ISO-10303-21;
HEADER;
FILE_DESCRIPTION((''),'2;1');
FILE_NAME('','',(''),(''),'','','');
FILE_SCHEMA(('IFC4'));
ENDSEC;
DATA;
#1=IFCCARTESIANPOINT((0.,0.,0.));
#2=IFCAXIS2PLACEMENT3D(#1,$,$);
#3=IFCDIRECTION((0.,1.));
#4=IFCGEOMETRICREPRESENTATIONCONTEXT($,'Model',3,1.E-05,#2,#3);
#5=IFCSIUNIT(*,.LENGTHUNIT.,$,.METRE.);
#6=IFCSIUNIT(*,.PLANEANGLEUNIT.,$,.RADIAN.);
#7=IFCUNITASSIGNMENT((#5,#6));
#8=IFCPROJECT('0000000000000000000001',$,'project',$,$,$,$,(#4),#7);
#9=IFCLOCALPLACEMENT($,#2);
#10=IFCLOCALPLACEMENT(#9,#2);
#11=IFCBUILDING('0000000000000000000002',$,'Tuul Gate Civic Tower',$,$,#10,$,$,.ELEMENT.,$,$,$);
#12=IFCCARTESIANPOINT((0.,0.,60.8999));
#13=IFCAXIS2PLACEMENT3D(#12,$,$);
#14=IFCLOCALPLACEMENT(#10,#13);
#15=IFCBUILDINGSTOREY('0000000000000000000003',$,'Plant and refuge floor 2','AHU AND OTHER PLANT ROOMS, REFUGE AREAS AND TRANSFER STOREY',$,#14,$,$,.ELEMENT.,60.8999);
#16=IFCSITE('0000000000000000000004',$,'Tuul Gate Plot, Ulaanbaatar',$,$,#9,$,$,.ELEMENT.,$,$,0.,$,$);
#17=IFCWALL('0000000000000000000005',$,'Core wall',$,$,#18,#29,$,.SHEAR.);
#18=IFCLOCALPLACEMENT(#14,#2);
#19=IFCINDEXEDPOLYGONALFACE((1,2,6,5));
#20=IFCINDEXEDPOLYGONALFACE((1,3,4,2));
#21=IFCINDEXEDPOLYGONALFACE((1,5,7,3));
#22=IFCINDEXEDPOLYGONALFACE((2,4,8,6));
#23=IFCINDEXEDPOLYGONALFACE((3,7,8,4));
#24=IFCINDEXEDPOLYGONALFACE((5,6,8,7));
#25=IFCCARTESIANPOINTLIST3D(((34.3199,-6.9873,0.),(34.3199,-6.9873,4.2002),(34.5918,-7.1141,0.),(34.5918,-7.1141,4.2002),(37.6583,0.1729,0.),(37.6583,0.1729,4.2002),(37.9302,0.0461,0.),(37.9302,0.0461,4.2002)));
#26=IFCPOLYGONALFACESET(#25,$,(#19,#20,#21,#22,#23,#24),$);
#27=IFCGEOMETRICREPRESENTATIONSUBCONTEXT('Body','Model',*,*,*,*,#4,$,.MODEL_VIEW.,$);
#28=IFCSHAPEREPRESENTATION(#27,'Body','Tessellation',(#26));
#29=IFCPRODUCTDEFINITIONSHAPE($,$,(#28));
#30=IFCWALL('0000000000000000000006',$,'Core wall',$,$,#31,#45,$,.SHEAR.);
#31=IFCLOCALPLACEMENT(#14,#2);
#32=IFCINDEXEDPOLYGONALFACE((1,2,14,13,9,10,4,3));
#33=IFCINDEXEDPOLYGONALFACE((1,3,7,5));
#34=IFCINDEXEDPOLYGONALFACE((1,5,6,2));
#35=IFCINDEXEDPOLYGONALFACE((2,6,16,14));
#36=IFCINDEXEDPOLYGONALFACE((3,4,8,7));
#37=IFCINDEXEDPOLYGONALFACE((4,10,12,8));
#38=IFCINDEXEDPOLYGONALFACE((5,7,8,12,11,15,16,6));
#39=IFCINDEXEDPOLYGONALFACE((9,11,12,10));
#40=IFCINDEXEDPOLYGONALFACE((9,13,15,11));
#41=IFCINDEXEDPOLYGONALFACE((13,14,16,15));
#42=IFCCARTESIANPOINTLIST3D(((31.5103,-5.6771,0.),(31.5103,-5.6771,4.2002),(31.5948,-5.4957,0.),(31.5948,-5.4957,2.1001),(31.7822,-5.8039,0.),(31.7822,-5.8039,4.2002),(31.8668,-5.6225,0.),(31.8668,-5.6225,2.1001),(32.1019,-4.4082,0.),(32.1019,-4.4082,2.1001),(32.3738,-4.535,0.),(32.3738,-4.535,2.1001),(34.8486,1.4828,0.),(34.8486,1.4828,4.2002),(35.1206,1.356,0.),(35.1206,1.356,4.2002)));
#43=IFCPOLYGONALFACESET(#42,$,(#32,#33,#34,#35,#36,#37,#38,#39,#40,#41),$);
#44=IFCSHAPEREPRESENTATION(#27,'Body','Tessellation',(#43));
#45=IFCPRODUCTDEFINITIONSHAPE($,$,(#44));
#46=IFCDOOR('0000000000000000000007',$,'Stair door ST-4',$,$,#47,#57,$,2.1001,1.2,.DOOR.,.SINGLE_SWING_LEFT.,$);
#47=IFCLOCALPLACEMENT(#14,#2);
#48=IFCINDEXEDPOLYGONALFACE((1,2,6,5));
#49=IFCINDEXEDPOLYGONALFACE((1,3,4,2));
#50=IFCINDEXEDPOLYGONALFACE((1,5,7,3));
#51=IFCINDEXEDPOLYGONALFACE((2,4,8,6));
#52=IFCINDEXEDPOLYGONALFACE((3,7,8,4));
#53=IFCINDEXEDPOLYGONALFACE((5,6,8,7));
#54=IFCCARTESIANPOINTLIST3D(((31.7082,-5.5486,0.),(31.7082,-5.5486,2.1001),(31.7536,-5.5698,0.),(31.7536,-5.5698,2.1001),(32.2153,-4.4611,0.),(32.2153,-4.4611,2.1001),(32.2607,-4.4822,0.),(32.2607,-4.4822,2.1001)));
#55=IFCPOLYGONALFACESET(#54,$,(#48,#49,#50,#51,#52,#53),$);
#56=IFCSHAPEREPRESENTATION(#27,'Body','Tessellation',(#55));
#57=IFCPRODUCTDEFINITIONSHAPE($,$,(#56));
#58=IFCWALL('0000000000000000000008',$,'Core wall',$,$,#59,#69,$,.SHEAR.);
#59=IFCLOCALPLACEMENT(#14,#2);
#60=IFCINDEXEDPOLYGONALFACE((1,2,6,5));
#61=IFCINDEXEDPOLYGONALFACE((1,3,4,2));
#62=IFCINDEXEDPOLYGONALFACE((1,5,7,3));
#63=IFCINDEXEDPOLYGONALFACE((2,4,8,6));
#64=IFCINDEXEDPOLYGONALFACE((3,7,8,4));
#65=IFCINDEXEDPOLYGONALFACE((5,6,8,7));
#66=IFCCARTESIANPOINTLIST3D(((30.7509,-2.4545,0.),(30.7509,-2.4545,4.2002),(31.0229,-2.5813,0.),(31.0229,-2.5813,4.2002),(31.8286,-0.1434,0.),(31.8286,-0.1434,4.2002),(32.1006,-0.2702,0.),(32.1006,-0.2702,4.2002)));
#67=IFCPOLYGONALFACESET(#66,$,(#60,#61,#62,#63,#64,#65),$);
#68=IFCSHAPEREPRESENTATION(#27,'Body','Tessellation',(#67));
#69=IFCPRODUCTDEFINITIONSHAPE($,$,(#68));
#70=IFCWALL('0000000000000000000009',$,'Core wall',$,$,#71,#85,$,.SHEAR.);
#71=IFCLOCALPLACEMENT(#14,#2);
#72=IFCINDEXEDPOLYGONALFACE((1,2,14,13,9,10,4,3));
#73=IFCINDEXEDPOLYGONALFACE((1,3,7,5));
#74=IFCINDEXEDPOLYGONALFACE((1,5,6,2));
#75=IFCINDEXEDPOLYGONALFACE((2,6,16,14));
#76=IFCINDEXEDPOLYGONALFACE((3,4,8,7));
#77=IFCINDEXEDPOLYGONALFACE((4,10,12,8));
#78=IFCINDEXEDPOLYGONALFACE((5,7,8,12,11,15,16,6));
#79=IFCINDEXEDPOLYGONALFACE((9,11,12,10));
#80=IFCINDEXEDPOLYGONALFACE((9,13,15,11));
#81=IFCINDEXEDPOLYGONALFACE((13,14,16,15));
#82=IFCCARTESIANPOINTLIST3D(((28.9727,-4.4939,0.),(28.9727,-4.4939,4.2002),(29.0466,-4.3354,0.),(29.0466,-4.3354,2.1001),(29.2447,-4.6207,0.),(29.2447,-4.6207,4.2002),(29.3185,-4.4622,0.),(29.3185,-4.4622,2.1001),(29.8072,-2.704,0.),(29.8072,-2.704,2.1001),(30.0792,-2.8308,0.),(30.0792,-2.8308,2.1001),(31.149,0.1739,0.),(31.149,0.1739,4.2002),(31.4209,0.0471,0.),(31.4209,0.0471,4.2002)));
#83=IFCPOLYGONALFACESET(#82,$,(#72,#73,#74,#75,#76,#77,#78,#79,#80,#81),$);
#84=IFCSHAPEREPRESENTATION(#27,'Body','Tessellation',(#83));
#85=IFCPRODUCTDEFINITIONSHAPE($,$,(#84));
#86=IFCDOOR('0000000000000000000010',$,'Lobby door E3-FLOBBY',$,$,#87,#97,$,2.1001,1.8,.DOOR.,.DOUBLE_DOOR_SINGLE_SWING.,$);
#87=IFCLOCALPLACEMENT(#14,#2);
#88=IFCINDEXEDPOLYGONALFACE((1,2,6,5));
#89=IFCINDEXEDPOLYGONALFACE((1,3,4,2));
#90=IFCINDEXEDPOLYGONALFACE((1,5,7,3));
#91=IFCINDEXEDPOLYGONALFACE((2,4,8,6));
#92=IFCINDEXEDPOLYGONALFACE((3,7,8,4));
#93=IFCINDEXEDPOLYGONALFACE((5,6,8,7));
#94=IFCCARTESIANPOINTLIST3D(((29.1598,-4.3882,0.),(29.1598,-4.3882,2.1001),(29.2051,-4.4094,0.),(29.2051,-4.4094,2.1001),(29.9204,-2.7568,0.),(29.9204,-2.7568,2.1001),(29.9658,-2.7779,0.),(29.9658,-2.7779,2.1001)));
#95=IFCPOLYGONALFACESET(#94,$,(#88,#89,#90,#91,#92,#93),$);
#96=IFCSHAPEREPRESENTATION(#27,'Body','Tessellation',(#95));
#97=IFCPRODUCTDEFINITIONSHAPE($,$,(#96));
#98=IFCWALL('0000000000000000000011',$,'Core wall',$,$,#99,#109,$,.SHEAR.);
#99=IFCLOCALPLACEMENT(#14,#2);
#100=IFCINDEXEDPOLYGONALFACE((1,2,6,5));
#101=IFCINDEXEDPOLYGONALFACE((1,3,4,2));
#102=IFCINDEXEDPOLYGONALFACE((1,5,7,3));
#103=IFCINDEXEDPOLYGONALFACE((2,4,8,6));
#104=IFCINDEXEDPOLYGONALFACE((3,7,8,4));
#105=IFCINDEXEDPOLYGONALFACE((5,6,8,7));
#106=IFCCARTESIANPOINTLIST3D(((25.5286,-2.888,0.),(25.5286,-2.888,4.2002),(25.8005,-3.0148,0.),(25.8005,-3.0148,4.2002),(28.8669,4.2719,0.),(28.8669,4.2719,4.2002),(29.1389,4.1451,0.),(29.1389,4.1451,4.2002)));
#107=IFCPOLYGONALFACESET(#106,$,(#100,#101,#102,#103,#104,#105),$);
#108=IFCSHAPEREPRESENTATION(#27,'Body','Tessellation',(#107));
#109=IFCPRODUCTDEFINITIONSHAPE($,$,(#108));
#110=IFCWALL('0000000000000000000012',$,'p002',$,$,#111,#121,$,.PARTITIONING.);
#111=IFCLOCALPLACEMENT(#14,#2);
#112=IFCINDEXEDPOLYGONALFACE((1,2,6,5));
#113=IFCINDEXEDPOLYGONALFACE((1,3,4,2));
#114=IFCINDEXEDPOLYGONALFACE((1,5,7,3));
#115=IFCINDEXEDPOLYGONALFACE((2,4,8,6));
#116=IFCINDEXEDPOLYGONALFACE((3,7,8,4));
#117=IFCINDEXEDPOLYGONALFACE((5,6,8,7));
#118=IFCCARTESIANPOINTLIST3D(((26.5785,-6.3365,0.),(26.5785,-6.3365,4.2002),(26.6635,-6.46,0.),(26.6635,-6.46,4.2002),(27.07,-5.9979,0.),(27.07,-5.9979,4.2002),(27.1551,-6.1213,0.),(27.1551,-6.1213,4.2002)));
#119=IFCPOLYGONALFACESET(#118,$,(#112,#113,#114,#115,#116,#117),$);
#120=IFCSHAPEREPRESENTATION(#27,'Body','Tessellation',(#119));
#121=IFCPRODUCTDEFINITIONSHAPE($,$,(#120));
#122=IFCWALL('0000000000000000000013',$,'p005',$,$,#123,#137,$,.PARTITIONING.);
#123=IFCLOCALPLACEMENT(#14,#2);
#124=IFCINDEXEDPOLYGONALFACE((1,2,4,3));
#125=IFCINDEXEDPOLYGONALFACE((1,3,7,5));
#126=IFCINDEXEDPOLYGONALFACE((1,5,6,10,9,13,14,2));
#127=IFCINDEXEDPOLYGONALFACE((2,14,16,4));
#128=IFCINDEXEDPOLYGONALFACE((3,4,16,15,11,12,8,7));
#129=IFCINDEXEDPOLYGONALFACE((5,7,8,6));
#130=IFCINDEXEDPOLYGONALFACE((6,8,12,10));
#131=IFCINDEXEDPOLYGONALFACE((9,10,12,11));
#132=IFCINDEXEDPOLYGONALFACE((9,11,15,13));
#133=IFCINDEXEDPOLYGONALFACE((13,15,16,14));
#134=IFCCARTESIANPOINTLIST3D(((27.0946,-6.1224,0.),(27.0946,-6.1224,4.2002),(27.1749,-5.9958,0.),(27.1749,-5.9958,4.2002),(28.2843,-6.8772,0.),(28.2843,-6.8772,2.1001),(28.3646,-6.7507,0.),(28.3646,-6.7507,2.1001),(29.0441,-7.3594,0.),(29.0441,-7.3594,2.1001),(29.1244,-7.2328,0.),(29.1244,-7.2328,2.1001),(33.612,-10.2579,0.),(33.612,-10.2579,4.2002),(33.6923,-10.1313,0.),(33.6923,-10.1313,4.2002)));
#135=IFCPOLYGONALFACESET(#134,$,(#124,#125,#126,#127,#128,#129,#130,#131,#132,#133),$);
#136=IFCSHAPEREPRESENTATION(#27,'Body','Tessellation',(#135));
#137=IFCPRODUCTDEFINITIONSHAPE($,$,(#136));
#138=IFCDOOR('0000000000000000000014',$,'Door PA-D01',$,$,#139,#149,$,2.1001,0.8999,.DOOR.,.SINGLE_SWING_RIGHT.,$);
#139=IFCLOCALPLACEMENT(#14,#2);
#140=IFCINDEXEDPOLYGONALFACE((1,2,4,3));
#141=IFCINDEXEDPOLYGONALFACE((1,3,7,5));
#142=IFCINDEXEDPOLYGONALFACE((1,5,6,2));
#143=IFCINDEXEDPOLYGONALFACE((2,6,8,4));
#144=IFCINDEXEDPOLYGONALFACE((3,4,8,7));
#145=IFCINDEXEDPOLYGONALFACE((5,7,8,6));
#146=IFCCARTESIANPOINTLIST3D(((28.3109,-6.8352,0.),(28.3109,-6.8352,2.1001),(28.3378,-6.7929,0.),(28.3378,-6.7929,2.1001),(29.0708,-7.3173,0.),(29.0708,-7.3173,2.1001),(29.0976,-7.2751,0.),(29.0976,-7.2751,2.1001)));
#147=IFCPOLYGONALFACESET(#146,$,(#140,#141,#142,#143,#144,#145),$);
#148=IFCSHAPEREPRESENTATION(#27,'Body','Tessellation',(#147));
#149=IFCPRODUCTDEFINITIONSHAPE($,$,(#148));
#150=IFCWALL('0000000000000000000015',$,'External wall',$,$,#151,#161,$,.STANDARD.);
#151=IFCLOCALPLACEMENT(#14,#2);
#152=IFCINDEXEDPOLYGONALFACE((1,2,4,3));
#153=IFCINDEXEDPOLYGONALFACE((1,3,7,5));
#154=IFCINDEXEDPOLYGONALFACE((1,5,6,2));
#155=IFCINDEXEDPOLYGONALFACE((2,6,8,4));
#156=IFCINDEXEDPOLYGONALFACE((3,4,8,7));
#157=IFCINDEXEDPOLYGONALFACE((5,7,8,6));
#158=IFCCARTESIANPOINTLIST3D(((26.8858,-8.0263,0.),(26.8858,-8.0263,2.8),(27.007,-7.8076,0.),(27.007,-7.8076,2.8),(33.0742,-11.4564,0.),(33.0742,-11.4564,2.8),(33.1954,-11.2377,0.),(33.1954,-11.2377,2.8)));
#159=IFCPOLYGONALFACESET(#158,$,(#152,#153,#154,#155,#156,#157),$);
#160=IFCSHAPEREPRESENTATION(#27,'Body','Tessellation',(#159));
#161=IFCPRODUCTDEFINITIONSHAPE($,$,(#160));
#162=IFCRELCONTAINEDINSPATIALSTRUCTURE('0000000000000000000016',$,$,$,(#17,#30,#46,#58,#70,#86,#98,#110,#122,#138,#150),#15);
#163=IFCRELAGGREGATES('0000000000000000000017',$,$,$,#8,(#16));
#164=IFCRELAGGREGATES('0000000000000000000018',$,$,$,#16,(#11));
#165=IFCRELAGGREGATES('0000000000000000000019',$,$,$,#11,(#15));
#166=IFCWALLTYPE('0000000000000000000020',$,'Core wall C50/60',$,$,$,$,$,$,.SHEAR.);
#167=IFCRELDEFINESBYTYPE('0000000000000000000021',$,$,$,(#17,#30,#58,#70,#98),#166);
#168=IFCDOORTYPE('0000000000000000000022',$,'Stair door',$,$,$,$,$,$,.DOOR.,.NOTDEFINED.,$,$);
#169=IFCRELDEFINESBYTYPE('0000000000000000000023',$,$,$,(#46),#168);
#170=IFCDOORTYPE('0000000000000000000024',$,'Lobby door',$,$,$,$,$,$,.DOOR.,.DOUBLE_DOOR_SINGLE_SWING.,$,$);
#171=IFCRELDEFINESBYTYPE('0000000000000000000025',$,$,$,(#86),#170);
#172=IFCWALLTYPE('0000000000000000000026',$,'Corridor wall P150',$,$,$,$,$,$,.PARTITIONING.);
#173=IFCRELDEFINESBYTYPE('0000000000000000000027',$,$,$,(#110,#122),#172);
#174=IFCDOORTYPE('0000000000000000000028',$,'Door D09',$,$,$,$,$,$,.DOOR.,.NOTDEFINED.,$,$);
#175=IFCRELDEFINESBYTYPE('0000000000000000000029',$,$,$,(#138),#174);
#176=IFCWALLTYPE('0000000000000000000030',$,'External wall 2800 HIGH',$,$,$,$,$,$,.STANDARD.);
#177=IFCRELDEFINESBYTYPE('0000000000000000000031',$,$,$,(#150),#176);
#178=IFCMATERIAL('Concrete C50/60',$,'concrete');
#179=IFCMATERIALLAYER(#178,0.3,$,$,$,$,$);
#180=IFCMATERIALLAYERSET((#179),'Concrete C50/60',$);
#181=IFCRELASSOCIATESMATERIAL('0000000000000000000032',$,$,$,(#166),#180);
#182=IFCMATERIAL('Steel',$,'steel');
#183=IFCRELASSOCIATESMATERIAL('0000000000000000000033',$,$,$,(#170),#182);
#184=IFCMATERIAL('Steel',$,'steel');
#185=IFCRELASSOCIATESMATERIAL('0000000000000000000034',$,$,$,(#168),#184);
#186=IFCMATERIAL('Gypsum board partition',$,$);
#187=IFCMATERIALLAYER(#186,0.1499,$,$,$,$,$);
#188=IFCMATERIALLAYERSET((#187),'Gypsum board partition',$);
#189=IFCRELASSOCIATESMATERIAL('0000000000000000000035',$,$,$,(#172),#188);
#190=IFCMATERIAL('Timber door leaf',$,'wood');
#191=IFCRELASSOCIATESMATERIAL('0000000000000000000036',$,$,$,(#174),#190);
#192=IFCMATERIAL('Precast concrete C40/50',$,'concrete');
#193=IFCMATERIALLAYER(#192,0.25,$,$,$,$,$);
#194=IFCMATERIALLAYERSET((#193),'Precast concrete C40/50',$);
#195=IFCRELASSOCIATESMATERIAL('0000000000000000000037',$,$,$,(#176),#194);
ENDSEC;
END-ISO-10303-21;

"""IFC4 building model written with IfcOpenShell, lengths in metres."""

from ifc_helpers import new_model, si_unit, direction, frame, frame_2d, origin, place, context, subcontext, project, spatial, rectangle, extrude, material, layer, layer_set, type_object, element, fill, save


model = new_model("IFC4")

# Units and contexts
model_context = context("Model", 3, precision=1e-05, world=origin(), true_north=direction((0.0, 1.0)))
body_context = subcontext(model_context, "Body", "Model", "MODEL_VIEW")
ifc_project = project(units=[si_unit("LENGTHUNIT", "METRE"), si_unit("PLANEANGLEUNIT", "RADIAN")], contexts=[model_context])

# Site, building, storey
site_placement = place(None, origin())
site = spatial("IfcSite", under=ifc_project, at=site_placement, Name="Tuul Gate Plot, Ulaanbaatar", CompositionType="ELEMENT", RefElevation=0.0)
building_placement = place(site_placement, origin())
building = spatial("IfcBuilding", under=site, at=building_placement, Name="Tuul Gate Civic Tower", CompositionType="ELEMENT")
storey_placement = place(building_placement, frame((0.0, 0.0, 60.8999)))
storey = spatial("IfcBuildingStorey", under=building, at=storey_placement, Name="Plant and refuge floor 2", Description="AHU AND OTHER PLANT ROOMS, REFUGE AREAS AND TRANSFER STOREY", CompositionType="ELEMENT", Elevation=60.8999)

# Shared definitions
ifc_material_1 = material(Name="Concrete C50/60", Category="concrete")
ifc_layer_1 = layer(ifc_material_1, 0.3)
ifc_layer_set_1 = layer_set([ifc_layer_1], Name="Concrete C50/60")
wall_type_1 = type_object("IfcWallType", Name="Core wall C50/60", PredefinedType="SHEAR", material=ifc_layer_set_1)
ifc_material_2 = material(Name="Steel", Category="steel")
door_type_1 = type_object("IfcDoorType", Name="Lobby door", OperationType="DOUBLE_DOOR_SINGLE_SWING", PredefinedType="DOOR", material=ifc_material_2)

# Wall
wall_1_placement = place(storey_placement, frame((34.4558, -7.0508, 0.0), z_axis=(0.0, 0.0, 1.0), x_axis=(0.422571, 0.90633, 0.0)))
element("IfcWall", 1, at=wall_1_placement, inside=storey, type_object=wall_type_1, Name="Core wall", PredefinedType="SHEAR", context=body_context, shape_type="SweptSolid", body=[
    extrude(rectangle(XDim=7.9001, YDim=0.3, at=frame_2d((3.9502, 0.0))), origin(), (0.0, 0.0, 1.0), 4.2002),
])

# Wall, opening, door
wall_2_placement = place(storey_placement, frame((31.6462, -5.7405, 0.0), z_axis=(0.0, 0.0, 1.0), x_axis=(0.422583, 0.906324, 0.0)))
wall_2 = element("IfcWall", 2, at=wall_2_placement, inside=storey, type_object=wall_type_1, Name="Core wall", PredefinedType="SHEAR", context=body_context, shape_type="SweptSolid", body=[
    extrude(rectangle(XDim=7.8999, YDim=0.3, at=frame_2d((3.95, 0.0))), origin(), (0.0, 0.0, 1.0), 4.2002),
])
opening_1_placement = place(wall_2_placement, frame((0.2, 0.0, 0.0)))
opening_1 = element("IfcOpeningElement", 3, at=opening_1_placement, cuts=wall_2, PredefinedType="OPENING", context=body_context, shape_type="SweptSolid", body=[
    extrude(rectangle(XDim=1.2, YDim=2.1001, at=frame_2d((0.6001, 1.05))), frame((0.0, 0.1602, 0.0), z_axis=(0.0, -1.0, 0.0), x_axis=(1.0, 0.0, 0.0)), (0.0, 0.0, 1.0), 0.3201),
])
ifc_material_3 = material(Name="Steel", Category="steel")
door_type_2 = type_object("IfcDoorType", Name="Stair door", OperationType="NOTDEFINED", PredefinedType="DOOR", material=ifc_material_3)
door_1_placement = place(opening_1_placement, origin())
door_1 = element("IfcDoor", 4, at=door_1_placement, inside=storey, type_object=door_type_2, Name="Stair door ST-4", OperationType="SINGLE_SWING_LEFT", OverallHeight=2.1001, OverallWidth=1.2, PredefinedType="DOOR", context=body_context, shape_type="SweptSolid", body=[
    extrude(rectangle(XDim=1.2, YDim=2.1001, at=frame_2d((0.6001, 1.05))), frame((0.0, 0.0249, 0.0), z_axis=(0.0, -1.0, 0.0), x_axis=(1.0, 0.0, 0.0)), (0.0, 0.0, 1.0), 0.05),
])
fill(opening_1, door_1)

# Wall
wall_3_placement = place(storey_placement, frame((30.887, -2.5178, 0.0), z_axis=(0.0, 0.0, 1.0), x_axis=(0.422613, 0.90631, 0.0)))
element("IfcWall", 5, at=wall_3_placement, inside=storey, type_object=wall_type_1, Name="Core wall", PredefinedType="SHEAR", context=body_context, shape_type="SweptSolid", body=[
    extrude(rectangle(XDim=2.55, YDim=0.3, at=frame_2d((1.2749, 0.0))), origin(), (0.0, 0.0, 1.0), 4.2002),
])

# Wall, opening, door
wall_4_placement = place(storey_placement, frame((29.1086, -4.5574, 0.0), z_axis=(0.0, 0.0, 1.0), x_axis=(0.422566, 0.906332, 0.0)))
wall_4 = element("IfcWall", 6, at=wall_4_placement, inside=storey, type_object=wall_type_1, Name="Core wall", PredefinedType="SHEAR", context=body_context, shape_type="SweptSolid", body=[
    extrude(rectangle(XDim=5.1501, YDim=0.3, at=frame_2d((2.5752, 0.0))), origin(), (0.0, 0.0, 1.0), 4.2002),
])
opening_2_placement = place(wall_4_placement, frame((0.175, 0.0, 0.0)))
opening_2 = element("IfcOpeningElement", 7, at=opening_2_placement, cuts=wall_4, PredefinedType="OPENING", context=body_context, shape_type="SweptSolid", body=[
    extrude(rectangle(XDim=1.8, YDim=2.1001, at=frame_2d((0.8999, 1.05))), frame((0.0, 0.1602, 0.0), z_axis=(0.0, -1.0, 0.0), x_axis=(1.0, 0.0, 0.0)), (0.0, 0.0, 1.0), 0.3201),
])
door_2_placement = place(opening_2_placement, frame((1.8, 0.0, 0.0), z_axis=(0.0, 0.0, 1.0), x_axis=(-1.0, 0.0, 0.0)))
door_2 = element("IfcDoor", 8, at=door_2_placement, inside=storey, type_object=door_type_1, Name="Lobby door E3-FLOBBY", OperationType="DOUBLE_DOOR_SINGLE_SWING", OverallHeight=2.1001, OverallWidth=1.8, PredefinedType="DOOR", context=body_context, shape_type="SweptSolid", body=[
    extrude(rectangle(XDim=1.8, YDim=2.1001, at=frame_2d((0.9001, 1.05))), frame((0.0, 0.0249, 0.0), z_axis=(0.0, -1.0, 0.0), x_axis=(1.0, 0.0, 0.0)), (0.0, 0.0, 1.0), 0.05),
])
fill(opening_2, door_2)

# Walls
wall_5_placement = place(storey_placement, frame((25.6646, -2.9514, 0.0), z_axis=(0.0, 0.0, 1.0), x_axis=(0.422583, 0.906324, 0.0)))
element("IfcWall", 9, at=wall_5_placement, inside=storey, type_object=wall_type_1, Name="Core wall", PredefinedType="SHEAR", context=body_context, shape_type="SweptSolid", body=[
    extrude(rectangle(XDim=7.8999, YDim=0.3, at=frame_2d((3.95, 0.0))), origin(), (0.0, 0.0, 1.0), 4.2002),
])
ifc_material_4 = material(Name="Gypsum board partition")
ifc_layer_2 = layer(ifc_material_4, 0.1499)
ifc_layer_set_2 = layer_set([ifc_layer_2], Name="Gypsum board partition")
wall_type_2 = type_object("IfcWallType", Name="Corridor wall P150", PredefinedType="PARTITIONING", material=ifc_layer_set_2)
wall_6_placement = place(storey_placement, frame((26.6211, -6.3982, 0.0), z_axis=(0.0, 0.0, 1.0), x_axis=(0.823457, 0.567379, 0.0)))
element("IfcWall", 10, at=wall_6_placement, inside=storey, type_object=wall_type_2, Name="p002", PredefinedType="PARTITIONING", context=body_context, shape_type="SweptSolid", body=[
    extrude(rectangle(XDim=0.5969, YDim=0.1499, at=frame_2d((0.2983, 0.0))), origin(), (0.0, 0.0, 1.0), 4.2002),
])

# Wall, opening, door
wall_7_placement = place(storey_placement, frame((27.1348, -6.0591, 0.0), z_axis=(0.0, 0.0, 1.0), x_axis=(0.844359, -0.535778, 0.0)))
wall_7 = element("IfcWall", 11, at=wall_7_placement, inside=storey, type_object=wall_type_2, Name="p005", PredefinedType="PARTITIONING", context=body_context, shape_type="SweptSolid", body=[
    extrude(rectangle(XDim=7.7188, YDim=0.1499, at=frame_2d((3.8594, 0.0))), origin(), (0.0, 0.0, 1.0), 4.2002),
])
opening_3_placement = place(wall_7_placement, frame((1.4089, 0.0, 0.0)))
opening_3 = element("IfcOpeningElement", 12, at=opening_3_placement, cuts=wall_7, PredefinedType="OPENING", context=body_context, shape_type="SweptSolid", body=[
    extrude(rectangle(XDim=0.8999, YDim=2.1001, at=frame_2d((0.45, 1.05))), frame((0.0, 0.085, 0.0), z_axis=(0.0, -1.0, 0.0), x_axis=(1.0, 0.0, 0.0)), (0.0, 0.0, 1.0), 0.1699),
])
ifc_material_5 = material(Name="Timber door leaf", Category="wood")
door_type_3 = type_object("IfcDoorType", Name="Door D09", OperationType="NOTDEFINED", PredefinedType="DOOR", material=ifc_material_5)
door_3_placement = place(opening_3_placement, origin())
door_3 = element("IfcDoor", 13, at=door_3_placement, inside=storey, type_object=door_type_3, Name="Door PA-D01", OperationType="SINGLE_SWING_RIGHT", OverallHeight=2.1001, OverallWidth=0.8999, PredefinedType="DOOR", context=body_context, shape_type="SweptSolid", body=[
    extrude(rectangle(XDim=0.8999, YDim=2.1001, at=frame_2d((0.45, 1.05))), frame((0.0, 0.0249, 0.0), z_axis=(0.0, -1.0, 0.0), x_axis=(1.0, 0.0, 0.0)), (0.0, 0.0, 1.0), 0.05),
])
fill(opening_3, door_3)

# Wall
ifc_material_6 = material(Name="Precast concrete C40/50", Category="concrete")
ifc_layer_3 = layer(ifc_material_6, 0.25)
ifc_layer_set_3 = layer_set([ifc_layer_3], Name="Precast concrete C40/50")
wall_type_3 = type_object("IfcWallType", Name="External wall 2800 HIGH", PredefinedType="STANDARD", material=ifc_layer_set_3)
wall_8_placement = place(storey_placement, frame((26.9465, -7.917, 0.0), z_axis=(0.0, 0.0, 1.0), x_axis=(0.874629, -0.484793, 0.0)))
element("IfcWall", 14, at=wall_8_placement, inside=storey, type_object=wall_type_3, Name="External wall", PredefinedType="STANDARD", context=body_context, shape_type="SweptSolid", body=[
    extrude(rectangle(XDim=7.0754, YDim=0.25, at=frame_2d((3.5376, 0.0))), origin(), (0.0, 0.0, 1.0), 2.8),
])

save(model, "model.ifc")
